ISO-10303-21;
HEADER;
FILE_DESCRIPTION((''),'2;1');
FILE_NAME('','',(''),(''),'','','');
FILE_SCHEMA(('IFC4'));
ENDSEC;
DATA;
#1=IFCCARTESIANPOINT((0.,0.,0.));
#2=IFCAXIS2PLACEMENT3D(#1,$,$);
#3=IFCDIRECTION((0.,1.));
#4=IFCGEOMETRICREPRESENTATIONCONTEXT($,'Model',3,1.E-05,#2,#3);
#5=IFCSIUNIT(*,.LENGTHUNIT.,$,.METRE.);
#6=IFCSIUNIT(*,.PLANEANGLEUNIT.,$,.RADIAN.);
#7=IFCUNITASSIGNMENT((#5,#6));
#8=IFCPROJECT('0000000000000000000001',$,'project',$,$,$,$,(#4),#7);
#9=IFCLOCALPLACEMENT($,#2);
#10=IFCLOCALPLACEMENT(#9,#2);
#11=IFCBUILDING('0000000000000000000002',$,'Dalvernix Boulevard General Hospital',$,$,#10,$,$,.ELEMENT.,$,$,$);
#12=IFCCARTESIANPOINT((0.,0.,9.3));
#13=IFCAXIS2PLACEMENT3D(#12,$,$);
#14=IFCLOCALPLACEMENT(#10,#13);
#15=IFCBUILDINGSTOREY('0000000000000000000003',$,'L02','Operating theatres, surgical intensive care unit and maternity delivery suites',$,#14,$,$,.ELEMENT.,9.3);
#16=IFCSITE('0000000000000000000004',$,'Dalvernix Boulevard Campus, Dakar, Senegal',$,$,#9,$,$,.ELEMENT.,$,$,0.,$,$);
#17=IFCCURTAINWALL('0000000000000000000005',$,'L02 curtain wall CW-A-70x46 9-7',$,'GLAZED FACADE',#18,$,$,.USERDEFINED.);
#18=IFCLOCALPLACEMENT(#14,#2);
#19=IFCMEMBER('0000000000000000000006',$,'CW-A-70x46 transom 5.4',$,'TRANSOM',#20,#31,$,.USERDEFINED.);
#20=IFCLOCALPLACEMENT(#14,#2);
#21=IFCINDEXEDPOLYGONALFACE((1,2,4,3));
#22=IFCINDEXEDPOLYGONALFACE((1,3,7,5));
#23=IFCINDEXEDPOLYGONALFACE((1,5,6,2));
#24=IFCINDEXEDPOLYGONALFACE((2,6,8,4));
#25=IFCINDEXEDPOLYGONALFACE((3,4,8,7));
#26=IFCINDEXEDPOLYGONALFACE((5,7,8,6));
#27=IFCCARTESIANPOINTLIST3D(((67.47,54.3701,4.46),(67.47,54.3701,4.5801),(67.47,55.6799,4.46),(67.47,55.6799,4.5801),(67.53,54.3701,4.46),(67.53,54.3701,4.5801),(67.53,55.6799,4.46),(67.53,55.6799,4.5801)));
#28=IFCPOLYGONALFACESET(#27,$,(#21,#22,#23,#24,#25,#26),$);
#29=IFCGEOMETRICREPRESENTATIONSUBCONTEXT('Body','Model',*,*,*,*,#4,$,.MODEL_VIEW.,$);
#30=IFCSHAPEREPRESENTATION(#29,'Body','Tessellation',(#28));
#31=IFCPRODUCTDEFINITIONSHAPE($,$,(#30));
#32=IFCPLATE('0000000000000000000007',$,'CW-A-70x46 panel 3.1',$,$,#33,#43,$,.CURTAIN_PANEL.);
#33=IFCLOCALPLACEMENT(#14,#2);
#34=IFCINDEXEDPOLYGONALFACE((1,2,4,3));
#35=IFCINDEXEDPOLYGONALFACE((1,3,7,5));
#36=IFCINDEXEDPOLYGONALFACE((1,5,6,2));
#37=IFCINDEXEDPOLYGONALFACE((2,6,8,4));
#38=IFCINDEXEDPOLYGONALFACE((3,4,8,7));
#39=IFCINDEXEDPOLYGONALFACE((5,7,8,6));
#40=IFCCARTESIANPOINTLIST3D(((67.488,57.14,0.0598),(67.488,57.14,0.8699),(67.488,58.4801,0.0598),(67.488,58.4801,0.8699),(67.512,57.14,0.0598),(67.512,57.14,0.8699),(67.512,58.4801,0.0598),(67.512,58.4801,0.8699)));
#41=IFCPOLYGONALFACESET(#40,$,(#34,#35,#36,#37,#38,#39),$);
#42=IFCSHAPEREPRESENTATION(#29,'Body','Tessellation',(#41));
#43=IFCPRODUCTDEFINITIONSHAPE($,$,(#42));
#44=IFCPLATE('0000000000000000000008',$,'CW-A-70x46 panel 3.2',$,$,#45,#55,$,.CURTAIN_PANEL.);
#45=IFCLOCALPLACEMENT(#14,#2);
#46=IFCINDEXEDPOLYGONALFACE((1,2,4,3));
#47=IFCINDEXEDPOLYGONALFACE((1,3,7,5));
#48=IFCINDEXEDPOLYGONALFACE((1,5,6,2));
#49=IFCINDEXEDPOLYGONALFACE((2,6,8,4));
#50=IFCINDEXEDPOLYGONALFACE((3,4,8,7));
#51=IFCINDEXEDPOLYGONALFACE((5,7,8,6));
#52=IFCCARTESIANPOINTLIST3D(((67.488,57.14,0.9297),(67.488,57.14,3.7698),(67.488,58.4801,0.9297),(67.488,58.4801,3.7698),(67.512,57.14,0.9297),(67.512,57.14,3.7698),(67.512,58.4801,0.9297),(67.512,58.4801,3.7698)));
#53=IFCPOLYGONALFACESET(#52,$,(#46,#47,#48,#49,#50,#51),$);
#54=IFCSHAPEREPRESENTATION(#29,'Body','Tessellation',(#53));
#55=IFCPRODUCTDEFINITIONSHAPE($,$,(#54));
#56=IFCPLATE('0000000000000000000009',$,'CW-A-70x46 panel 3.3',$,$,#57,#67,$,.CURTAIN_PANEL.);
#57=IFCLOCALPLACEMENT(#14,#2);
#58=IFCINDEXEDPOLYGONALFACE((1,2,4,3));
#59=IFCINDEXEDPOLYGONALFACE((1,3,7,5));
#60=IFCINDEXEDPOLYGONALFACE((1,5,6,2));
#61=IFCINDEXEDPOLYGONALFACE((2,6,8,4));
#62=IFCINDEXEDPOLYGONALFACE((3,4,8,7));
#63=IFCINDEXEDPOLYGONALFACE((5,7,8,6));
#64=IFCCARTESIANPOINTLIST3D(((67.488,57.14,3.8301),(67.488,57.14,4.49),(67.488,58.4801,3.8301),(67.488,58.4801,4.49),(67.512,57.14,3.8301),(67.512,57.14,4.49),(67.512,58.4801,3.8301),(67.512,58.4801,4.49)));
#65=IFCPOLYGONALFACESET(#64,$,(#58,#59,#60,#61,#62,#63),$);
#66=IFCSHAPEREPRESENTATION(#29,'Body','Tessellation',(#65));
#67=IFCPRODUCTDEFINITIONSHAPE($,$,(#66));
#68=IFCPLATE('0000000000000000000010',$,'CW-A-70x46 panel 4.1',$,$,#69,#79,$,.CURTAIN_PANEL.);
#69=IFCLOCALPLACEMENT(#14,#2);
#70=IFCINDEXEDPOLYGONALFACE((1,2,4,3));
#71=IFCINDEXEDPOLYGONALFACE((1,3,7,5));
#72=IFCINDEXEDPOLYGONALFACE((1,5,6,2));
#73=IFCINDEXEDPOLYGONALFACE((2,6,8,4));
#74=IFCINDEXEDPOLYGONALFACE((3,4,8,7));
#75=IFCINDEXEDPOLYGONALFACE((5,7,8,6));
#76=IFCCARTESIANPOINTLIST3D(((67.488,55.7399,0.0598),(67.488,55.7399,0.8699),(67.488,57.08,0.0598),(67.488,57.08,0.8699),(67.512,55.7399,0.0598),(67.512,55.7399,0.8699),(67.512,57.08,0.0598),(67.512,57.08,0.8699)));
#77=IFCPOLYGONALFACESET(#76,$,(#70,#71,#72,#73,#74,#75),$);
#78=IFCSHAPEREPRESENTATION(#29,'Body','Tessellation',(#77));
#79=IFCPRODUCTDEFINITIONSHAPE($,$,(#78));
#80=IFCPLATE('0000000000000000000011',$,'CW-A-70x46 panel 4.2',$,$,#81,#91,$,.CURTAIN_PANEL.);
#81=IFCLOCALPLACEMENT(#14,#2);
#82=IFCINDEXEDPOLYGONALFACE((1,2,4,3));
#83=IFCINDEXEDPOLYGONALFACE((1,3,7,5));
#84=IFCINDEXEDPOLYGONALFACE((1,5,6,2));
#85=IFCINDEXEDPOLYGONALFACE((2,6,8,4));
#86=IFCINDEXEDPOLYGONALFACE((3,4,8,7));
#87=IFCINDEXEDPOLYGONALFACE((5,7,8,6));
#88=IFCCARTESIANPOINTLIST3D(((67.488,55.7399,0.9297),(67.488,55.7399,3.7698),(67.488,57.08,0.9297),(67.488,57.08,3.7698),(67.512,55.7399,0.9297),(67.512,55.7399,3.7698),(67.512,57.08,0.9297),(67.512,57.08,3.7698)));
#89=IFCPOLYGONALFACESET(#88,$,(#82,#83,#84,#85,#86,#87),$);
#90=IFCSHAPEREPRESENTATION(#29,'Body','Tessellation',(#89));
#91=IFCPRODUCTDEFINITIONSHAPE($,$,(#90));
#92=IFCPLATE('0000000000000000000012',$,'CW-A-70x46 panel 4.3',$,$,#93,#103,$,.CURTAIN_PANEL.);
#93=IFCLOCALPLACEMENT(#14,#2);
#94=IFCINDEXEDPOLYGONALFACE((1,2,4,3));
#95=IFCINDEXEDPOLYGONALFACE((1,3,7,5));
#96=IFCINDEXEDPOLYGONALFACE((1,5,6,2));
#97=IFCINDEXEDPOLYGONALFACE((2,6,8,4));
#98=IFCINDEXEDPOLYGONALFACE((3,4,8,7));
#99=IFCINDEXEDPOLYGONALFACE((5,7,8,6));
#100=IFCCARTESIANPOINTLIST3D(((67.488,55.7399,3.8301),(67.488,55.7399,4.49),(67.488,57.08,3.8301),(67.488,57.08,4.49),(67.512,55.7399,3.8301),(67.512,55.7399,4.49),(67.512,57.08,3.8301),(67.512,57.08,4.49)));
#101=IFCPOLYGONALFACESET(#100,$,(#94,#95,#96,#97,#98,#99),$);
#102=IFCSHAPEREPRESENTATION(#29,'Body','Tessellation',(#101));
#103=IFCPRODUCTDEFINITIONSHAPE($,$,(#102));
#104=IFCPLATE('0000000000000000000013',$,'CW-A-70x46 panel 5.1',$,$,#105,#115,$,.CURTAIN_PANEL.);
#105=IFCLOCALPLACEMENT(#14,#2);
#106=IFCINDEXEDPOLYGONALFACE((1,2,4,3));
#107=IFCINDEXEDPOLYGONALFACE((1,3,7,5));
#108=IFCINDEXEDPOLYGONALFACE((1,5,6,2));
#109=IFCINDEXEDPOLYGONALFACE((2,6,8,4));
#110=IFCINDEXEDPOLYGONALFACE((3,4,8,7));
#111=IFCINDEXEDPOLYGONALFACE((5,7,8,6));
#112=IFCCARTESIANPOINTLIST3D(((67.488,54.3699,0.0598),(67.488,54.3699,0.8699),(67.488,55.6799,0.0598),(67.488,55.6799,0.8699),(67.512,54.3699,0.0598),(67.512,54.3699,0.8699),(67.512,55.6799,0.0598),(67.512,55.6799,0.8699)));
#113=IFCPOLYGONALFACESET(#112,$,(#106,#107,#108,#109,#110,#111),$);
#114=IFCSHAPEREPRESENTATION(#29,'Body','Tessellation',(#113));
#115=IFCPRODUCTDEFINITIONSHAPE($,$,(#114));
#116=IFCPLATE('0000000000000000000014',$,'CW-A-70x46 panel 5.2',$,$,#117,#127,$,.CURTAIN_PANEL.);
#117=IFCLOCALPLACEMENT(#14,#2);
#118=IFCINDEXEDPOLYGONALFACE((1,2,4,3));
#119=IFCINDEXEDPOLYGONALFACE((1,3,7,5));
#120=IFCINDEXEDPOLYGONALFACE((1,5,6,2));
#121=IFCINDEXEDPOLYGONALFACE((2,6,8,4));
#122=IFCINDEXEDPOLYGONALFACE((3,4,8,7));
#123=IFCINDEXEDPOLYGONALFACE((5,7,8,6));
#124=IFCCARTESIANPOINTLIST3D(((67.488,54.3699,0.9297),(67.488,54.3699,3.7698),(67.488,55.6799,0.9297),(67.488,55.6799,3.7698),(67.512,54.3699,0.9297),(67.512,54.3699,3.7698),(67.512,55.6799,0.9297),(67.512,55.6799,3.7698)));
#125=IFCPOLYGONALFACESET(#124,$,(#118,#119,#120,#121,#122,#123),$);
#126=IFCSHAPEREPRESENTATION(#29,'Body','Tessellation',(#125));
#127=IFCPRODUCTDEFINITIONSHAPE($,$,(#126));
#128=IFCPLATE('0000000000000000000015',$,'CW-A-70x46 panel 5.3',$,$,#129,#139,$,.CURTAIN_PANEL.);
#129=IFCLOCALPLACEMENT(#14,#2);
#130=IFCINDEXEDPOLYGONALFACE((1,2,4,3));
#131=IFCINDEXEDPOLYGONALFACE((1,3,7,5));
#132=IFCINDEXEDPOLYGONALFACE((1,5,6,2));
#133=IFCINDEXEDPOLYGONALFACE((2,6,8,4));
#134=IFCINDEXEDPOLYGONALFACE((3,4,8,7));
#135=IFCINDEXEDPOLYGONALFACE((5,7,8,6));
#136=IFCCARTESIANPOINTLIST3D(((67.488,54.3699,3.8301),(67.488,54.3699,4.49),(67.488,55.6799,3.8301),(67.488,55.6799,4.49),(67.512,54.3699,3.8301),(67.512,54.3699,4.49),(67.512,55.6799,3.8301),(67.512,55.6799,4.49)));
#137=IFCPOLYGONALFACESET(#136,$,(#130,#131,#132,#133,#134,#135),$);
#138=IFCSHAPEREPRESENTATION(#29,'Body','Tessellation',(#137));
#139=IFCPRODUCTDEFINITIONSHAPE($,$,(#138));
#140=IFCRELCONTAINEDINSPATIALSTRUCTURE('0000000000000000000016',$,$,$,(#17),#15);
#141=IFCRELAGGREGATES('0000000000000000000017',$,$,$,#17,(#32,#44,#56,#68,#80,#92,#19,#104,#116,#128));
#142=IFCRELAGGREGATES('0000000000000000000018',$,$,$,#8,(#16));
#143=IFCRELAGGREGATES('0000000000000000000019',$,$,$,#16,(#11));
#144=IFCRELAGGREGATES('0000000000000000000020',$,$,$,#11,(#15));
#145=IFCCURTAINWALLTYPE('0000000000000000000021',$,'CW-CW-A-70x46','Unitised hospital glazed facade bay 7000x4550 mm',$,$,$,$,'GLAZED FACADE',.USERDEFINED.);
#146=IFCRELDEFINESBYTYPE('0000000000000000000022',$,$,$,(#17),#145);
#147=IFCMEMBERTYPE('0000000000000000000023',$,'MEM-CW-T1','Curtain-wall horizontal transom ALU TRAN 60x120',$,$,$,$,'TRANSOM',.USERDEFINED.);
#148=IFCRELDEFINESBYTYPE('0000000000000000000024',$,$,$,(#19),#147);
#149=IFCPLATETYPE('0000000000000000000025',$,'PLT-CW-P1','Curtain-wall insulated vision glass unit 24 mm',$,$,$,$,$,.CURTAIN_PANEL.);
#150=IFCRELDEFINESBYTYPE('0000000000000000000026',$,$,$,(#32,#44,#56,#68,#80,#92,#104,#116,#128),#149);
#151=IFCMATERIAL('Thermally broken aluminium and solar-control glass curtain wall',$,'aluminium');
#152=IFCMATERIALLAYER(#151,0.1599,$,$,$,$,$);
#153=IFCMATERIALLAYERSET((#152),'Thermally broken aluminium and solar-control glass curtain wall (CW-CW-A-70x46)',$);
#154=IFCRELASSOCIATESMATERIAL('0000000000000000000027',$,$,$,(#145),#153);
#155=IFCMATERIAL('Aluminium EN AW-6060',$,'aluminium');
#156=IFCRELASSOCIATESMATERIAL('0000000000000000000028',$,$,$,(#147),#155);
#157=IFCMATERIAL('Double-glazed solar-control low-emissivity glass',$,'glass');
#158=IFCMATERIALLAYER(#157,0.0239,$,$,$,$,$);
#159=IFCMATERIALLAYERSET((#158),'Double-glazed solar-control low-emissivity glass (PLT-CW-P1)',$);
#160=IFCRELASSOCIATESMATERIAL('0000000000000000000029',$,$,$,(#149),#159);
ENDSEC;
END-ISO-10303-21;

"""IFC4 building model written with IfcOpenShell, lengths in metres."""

from ifc_helpers import new_model, si_unit, direction, frame, origin, origin_2d, place, context, subcontext, project, spatial, rectangle, extrude, material, layer, layer_set, material_profile, profile_set, type_object, element, aggregate, save


model = new_model("IFC4")

# Units and contexts
model_context = context("Model", 3, precision=1e-05, world=origin(), true_north=direction((0.0, 1.0)))
body_context = subcontext(model_context, "Body", "Model", "MODEL_VIEW")
ifc_project = project(units=[si_unit("LENGTHUNIT", "METRE"), si_unit("PLANEANGLEUNIT", "RADIAN")], contexts=[model_context])

# Site, building, storey
site_placement = place(None, origin())
site = spatial("IfcSite", under=ifc_project, at=site_placement, Name="Dalvernix Boulevard Campus, Dakar, Senegal", CompositionType="ELEMENT", RefElevation=0.0)
building_placement = place(site_placement, origin())
building = spatial("IfcBuilding", under=site, at=building_placement, Name="Dalvernix Boulevard General Hospital", CompositionType="ELEMENT")
storey_placement = place(building_placement, frame((0.0, 0.0, 9.3)))
storey = spatial("IfcBuildingStorey", under=building, at=storey_placement, Name="L02", Description="Operating theatres, surgical intensive care unit and maternity delivery suites", CompositionType="ELEMENT", Elevation=9.3)

# Curtain wall, member, plates
ifc_material_1 = material(Name="Thermally broken aluminium and solar-control glass curtain wall", Category="aluminium")
ifc_layer_1 = layer(ifc_material_1, 0.1599)
ifc_layer_set_1 = layer_set([ifc_layer_1], Name="Thermally broken aluminium and solar-control glass curtain wall (CW-CW-A-70x46)")
curtain_wall_type = type_object("IfcCurtainWallType", Name="CW-CW-A-70x46", Description="Unitised hospital glazed facade bay 7000x4550 mm", ElementType="GLAZED FACADE", PredefinedType="USERDEFINED", material=ifc_layer_set_1)
curtain_wall_placement = place(storey_placement, origin())
curtain_wall = element("IfcCurtainWall", 1, at=curtain_wall_placement, inside=storey, type_object=curtain_wall_type, Name="L02 curtain wall CW-A-70x46 9-7", ObjectType="GLAZED FACADE", PredefinedType="USERDEFINED")
ifc_material_2 = material(Name="Aluminium EN AW-6060", Category="aluminium")
ifc_material_profile_1 = material_profile(ifc_material_2, rectangle(XDim=0.0601, YDim=0.1201, at=origin_2d()), Name="ALU TRAN 60x120")
ifc_profile_set_1 = profile_set([ifc_material_profile_1], Name="Aluminium EN AW-6060")
member_type_1 = type_object("IfcMemberType", Name="MEM-CW-T1", Description="Curtain-wall horizontal transom ALU TRAN 60x120", ElementType="TRANSOM", PredefinedType="USERDEFINED", material=ifc_profile_set_1)
member_1_placement = place(storey_placement, frame((67.5, 55.6799, 4.52), z_axis=(0.0, -1.0, 0.0), x_axis=(1.0, 0.0, 0.0)))
member_1 = element("IfcMember", 2, at=member_1_placement, type_object=member_type_1, Name="CW-A-70x46 transom 5.4", ObjectType="TRANSOM", PredefinedType="USERDEFINED", context=body_context, shape_type="SweptSolid", body=[
    extrude(rectangle(XDim=0.0601, YDim=0.1201, at=origin_2d()), origin(), (0.0, 0.0, 1.0), 1.3098),
])
ifc_material_3 = material(Name="Double-glazed solar-control low-emissivity glass", Category="glass")
ifc_layer_2 = layer(ifc_material_3, 0.0239)
ifc_layer_set_2 = layer_set([ifc_layer_2], Name="Double-glazed solar-control low-emissivity glass (PLT-CW-P1)")
plate_type = type_object("IfcPlateType", Name="PLT-CW-P1", Description="Curtain-wall insulated vision glass unit 24 mm", PredefinedType="CURTAIN_PANEL", material=ifc_layer_set_2)
plate_1_placement = place(storey_placement, frame((67.5, 57.8101, 0.0598), z_axis=(0.0, 0.0, 1.0), x_axis=(0.0, -1.0, 0.0)))
plate_1 = element("IfcPlate", 3, at=plate_1_placement, type_object=plate_type, Name="CW-A-70x46 panel 3.1", PredefinedType="CURTAIN_PANEL", context=body_context, shape_type="SweptSolid", body=[
    extrude(rectangle(XDim=1.3401, YDim=0.0239, at=origin_2d()), origin(), (0.0, 0.0, 1.0), 0.8101),
])
plate_2_placement = place(storey_placement, frame((67.5, 57.8101, 0.9297), z_axis=(0.0, 0.0, 1.0), x_axis=(0.0, -1.0, 0.0)))
plate_2 = element("IfcPlate", 4, at=plate_2_placement, type_object=plate_type, Name="CW-A-70x46 panel 3.2", PredefinedType="CURTAIN_PANEL", context=body_context, shape_type="SweptSolid", body=[
    extrude(rectangle(XDim=1.3401, YDim=0.0239, at=origin_2d()), origin(), (0.0, 0.0, 1.0), 2.8401),
])
plate_3_placement = place(storey_placement, frame((67.5, 57.8101, 3.8301), z_axis=(0.0, 0.0, 1.0), x_axis=(0.0, -1.0, 0.0)))
plate_3 = element("IfcPlate", 5, at=plate_3_placement, type_object=plate_type, Name="CW-A-70x46 panel 3.3", PredefinedType="CURTAIN_PANEL", context=body_context, shape_type="SweptSolid", body=[
    extrude(rectangle(XDim=1.3401, YDim=0.0239, at=origin_2d()), origin(), (0.0, 0.0, 1.0), 0.6599),
])
plate_4_placement = place(storey_placement, frame((67.5, 56.4099, 0.0598), z_axis=(0.0, 0.0, 1.0), x_axis=(0.0, -1.0, 0.0)))
plate_4 = element("IfcPlate", 6, at=plate_4_placement, type_object=plate_type, Name="CW-A-70x46 panel 4.1", PredefinedType="CURTAIN_PANEL", context=body_context, shape_type="SweptSolid", body=[
    extrude(rectangle(XDim=1.3401, YDim=0.0239, at=origin_2d()), origin(), (0.0, 0.0, 1.0), 0.8101),
])
plate_5_placement = place(storey_placement, frame((67.5, 56.4099, 0.9297), z_axis=(0.0, 0.0, 1.0), x_axis=(0.0, -1.0, 0.0)))
plate_5 = element("IfcPlate", 7, at=plate_5_placement, type_object=plate_type, Name="CW-A-70x46 panel 4.2", PredefinedType="CURTAIN_PANEL", context=body_context, shape_type="SweptSolid", body=[
    extrude(rectangle(XDim=1.3401, YDim=0.0239, at=origin_2d()), origin(), (0.0, 0.0, 1.0), 2.8401),
])
plate_6_placement = place(storey_placement, frame((67.5, 56.4099, 3.8301), z_axis=(0.0, 0.0, 1.0), x_axis=(0.0, -1.0, 0.0)))
plate_6 = element("IfcPlate", 8, at=plate_6_placement, type_object=plate_type, Name="CW-A-70x46 panel 4.3", PredefinedType="CURTAIN_PANEL", context=body_context, shape_type="SweptSolid", body=[
    extrude(rectangle(XDim=1.3401, YDim=0.0239, at=origin_2d()), origin(), (0.0, 0.0, 1.0), 0.6599),
])
plate_7_placement = place(storey_placement, frame((67.5, 55.0249, 0.0598), z_axis=(0.0, 0.0, 1.0), x_axis=(0.0, -1.0, 0.0)))
plate_7 = element("IfcPlate", 9, at=plate_7_placement, type_object=plate_type, Name="CW-A-70x46 panel 5.1", PredefinedType="CURTAIN_PANEL", context=body_context, shape_type="SweptSolid", body=[
    extrude(rectangle(XDim=1.3101, YDim=0.0239, at=origin_2d()), origin(), (0.0, 0.0, 1.0), 0.8101),
])
plate_8_placement = place(storey_placement, frame((67.5, 55.0249, 0.9297), z_axis=(0.0, 0.0, 1.0), x_axis=(0.0, -1.0, 0.0)))
plate_8 = element("IfcPlate", 10, at=plate_8_placement, type_object=plate_type, Name="CW-A-70x46 panel 5.2", PredefinedType="CURTAIN_PANEL", context=body_context, shape_type="SweptSolid", body=[
    extrude(rectangle(XDim=1.3101, YDim=0.0239, at=origin_2d()), origin(), (0.0, 0.0, 1.0), 2.8401),
])
plate_9_placement = place(storey_placement, frame((67.5, 55.0249, 3.8301), z_axis=(0.0, 0.0, 1.0), x_axis=(0.0, -1.0, 0.0)))
plate_9 = element("IfcPlate", 11, at=plate_9_placement, type_object=plate_type, Name="CW-A-70x46 panel 5.3", PredefinedType="CURTAIN_PANEL", context=body_context, shape_type="SweptSolid", body=[
    extrude(rectangle(XDim=1.3101, YDim=0.0239, at=origin_2d()), origin(), (0.0, 0.0, 1.0), 0.6599),
])
aggregate(curtain_wall, [plate_1, plate_2, plate_3, plate_4, plate_5, plate_6, member_1, plate_7, plate_8, plate_9])

save(model, "model.ifc")
